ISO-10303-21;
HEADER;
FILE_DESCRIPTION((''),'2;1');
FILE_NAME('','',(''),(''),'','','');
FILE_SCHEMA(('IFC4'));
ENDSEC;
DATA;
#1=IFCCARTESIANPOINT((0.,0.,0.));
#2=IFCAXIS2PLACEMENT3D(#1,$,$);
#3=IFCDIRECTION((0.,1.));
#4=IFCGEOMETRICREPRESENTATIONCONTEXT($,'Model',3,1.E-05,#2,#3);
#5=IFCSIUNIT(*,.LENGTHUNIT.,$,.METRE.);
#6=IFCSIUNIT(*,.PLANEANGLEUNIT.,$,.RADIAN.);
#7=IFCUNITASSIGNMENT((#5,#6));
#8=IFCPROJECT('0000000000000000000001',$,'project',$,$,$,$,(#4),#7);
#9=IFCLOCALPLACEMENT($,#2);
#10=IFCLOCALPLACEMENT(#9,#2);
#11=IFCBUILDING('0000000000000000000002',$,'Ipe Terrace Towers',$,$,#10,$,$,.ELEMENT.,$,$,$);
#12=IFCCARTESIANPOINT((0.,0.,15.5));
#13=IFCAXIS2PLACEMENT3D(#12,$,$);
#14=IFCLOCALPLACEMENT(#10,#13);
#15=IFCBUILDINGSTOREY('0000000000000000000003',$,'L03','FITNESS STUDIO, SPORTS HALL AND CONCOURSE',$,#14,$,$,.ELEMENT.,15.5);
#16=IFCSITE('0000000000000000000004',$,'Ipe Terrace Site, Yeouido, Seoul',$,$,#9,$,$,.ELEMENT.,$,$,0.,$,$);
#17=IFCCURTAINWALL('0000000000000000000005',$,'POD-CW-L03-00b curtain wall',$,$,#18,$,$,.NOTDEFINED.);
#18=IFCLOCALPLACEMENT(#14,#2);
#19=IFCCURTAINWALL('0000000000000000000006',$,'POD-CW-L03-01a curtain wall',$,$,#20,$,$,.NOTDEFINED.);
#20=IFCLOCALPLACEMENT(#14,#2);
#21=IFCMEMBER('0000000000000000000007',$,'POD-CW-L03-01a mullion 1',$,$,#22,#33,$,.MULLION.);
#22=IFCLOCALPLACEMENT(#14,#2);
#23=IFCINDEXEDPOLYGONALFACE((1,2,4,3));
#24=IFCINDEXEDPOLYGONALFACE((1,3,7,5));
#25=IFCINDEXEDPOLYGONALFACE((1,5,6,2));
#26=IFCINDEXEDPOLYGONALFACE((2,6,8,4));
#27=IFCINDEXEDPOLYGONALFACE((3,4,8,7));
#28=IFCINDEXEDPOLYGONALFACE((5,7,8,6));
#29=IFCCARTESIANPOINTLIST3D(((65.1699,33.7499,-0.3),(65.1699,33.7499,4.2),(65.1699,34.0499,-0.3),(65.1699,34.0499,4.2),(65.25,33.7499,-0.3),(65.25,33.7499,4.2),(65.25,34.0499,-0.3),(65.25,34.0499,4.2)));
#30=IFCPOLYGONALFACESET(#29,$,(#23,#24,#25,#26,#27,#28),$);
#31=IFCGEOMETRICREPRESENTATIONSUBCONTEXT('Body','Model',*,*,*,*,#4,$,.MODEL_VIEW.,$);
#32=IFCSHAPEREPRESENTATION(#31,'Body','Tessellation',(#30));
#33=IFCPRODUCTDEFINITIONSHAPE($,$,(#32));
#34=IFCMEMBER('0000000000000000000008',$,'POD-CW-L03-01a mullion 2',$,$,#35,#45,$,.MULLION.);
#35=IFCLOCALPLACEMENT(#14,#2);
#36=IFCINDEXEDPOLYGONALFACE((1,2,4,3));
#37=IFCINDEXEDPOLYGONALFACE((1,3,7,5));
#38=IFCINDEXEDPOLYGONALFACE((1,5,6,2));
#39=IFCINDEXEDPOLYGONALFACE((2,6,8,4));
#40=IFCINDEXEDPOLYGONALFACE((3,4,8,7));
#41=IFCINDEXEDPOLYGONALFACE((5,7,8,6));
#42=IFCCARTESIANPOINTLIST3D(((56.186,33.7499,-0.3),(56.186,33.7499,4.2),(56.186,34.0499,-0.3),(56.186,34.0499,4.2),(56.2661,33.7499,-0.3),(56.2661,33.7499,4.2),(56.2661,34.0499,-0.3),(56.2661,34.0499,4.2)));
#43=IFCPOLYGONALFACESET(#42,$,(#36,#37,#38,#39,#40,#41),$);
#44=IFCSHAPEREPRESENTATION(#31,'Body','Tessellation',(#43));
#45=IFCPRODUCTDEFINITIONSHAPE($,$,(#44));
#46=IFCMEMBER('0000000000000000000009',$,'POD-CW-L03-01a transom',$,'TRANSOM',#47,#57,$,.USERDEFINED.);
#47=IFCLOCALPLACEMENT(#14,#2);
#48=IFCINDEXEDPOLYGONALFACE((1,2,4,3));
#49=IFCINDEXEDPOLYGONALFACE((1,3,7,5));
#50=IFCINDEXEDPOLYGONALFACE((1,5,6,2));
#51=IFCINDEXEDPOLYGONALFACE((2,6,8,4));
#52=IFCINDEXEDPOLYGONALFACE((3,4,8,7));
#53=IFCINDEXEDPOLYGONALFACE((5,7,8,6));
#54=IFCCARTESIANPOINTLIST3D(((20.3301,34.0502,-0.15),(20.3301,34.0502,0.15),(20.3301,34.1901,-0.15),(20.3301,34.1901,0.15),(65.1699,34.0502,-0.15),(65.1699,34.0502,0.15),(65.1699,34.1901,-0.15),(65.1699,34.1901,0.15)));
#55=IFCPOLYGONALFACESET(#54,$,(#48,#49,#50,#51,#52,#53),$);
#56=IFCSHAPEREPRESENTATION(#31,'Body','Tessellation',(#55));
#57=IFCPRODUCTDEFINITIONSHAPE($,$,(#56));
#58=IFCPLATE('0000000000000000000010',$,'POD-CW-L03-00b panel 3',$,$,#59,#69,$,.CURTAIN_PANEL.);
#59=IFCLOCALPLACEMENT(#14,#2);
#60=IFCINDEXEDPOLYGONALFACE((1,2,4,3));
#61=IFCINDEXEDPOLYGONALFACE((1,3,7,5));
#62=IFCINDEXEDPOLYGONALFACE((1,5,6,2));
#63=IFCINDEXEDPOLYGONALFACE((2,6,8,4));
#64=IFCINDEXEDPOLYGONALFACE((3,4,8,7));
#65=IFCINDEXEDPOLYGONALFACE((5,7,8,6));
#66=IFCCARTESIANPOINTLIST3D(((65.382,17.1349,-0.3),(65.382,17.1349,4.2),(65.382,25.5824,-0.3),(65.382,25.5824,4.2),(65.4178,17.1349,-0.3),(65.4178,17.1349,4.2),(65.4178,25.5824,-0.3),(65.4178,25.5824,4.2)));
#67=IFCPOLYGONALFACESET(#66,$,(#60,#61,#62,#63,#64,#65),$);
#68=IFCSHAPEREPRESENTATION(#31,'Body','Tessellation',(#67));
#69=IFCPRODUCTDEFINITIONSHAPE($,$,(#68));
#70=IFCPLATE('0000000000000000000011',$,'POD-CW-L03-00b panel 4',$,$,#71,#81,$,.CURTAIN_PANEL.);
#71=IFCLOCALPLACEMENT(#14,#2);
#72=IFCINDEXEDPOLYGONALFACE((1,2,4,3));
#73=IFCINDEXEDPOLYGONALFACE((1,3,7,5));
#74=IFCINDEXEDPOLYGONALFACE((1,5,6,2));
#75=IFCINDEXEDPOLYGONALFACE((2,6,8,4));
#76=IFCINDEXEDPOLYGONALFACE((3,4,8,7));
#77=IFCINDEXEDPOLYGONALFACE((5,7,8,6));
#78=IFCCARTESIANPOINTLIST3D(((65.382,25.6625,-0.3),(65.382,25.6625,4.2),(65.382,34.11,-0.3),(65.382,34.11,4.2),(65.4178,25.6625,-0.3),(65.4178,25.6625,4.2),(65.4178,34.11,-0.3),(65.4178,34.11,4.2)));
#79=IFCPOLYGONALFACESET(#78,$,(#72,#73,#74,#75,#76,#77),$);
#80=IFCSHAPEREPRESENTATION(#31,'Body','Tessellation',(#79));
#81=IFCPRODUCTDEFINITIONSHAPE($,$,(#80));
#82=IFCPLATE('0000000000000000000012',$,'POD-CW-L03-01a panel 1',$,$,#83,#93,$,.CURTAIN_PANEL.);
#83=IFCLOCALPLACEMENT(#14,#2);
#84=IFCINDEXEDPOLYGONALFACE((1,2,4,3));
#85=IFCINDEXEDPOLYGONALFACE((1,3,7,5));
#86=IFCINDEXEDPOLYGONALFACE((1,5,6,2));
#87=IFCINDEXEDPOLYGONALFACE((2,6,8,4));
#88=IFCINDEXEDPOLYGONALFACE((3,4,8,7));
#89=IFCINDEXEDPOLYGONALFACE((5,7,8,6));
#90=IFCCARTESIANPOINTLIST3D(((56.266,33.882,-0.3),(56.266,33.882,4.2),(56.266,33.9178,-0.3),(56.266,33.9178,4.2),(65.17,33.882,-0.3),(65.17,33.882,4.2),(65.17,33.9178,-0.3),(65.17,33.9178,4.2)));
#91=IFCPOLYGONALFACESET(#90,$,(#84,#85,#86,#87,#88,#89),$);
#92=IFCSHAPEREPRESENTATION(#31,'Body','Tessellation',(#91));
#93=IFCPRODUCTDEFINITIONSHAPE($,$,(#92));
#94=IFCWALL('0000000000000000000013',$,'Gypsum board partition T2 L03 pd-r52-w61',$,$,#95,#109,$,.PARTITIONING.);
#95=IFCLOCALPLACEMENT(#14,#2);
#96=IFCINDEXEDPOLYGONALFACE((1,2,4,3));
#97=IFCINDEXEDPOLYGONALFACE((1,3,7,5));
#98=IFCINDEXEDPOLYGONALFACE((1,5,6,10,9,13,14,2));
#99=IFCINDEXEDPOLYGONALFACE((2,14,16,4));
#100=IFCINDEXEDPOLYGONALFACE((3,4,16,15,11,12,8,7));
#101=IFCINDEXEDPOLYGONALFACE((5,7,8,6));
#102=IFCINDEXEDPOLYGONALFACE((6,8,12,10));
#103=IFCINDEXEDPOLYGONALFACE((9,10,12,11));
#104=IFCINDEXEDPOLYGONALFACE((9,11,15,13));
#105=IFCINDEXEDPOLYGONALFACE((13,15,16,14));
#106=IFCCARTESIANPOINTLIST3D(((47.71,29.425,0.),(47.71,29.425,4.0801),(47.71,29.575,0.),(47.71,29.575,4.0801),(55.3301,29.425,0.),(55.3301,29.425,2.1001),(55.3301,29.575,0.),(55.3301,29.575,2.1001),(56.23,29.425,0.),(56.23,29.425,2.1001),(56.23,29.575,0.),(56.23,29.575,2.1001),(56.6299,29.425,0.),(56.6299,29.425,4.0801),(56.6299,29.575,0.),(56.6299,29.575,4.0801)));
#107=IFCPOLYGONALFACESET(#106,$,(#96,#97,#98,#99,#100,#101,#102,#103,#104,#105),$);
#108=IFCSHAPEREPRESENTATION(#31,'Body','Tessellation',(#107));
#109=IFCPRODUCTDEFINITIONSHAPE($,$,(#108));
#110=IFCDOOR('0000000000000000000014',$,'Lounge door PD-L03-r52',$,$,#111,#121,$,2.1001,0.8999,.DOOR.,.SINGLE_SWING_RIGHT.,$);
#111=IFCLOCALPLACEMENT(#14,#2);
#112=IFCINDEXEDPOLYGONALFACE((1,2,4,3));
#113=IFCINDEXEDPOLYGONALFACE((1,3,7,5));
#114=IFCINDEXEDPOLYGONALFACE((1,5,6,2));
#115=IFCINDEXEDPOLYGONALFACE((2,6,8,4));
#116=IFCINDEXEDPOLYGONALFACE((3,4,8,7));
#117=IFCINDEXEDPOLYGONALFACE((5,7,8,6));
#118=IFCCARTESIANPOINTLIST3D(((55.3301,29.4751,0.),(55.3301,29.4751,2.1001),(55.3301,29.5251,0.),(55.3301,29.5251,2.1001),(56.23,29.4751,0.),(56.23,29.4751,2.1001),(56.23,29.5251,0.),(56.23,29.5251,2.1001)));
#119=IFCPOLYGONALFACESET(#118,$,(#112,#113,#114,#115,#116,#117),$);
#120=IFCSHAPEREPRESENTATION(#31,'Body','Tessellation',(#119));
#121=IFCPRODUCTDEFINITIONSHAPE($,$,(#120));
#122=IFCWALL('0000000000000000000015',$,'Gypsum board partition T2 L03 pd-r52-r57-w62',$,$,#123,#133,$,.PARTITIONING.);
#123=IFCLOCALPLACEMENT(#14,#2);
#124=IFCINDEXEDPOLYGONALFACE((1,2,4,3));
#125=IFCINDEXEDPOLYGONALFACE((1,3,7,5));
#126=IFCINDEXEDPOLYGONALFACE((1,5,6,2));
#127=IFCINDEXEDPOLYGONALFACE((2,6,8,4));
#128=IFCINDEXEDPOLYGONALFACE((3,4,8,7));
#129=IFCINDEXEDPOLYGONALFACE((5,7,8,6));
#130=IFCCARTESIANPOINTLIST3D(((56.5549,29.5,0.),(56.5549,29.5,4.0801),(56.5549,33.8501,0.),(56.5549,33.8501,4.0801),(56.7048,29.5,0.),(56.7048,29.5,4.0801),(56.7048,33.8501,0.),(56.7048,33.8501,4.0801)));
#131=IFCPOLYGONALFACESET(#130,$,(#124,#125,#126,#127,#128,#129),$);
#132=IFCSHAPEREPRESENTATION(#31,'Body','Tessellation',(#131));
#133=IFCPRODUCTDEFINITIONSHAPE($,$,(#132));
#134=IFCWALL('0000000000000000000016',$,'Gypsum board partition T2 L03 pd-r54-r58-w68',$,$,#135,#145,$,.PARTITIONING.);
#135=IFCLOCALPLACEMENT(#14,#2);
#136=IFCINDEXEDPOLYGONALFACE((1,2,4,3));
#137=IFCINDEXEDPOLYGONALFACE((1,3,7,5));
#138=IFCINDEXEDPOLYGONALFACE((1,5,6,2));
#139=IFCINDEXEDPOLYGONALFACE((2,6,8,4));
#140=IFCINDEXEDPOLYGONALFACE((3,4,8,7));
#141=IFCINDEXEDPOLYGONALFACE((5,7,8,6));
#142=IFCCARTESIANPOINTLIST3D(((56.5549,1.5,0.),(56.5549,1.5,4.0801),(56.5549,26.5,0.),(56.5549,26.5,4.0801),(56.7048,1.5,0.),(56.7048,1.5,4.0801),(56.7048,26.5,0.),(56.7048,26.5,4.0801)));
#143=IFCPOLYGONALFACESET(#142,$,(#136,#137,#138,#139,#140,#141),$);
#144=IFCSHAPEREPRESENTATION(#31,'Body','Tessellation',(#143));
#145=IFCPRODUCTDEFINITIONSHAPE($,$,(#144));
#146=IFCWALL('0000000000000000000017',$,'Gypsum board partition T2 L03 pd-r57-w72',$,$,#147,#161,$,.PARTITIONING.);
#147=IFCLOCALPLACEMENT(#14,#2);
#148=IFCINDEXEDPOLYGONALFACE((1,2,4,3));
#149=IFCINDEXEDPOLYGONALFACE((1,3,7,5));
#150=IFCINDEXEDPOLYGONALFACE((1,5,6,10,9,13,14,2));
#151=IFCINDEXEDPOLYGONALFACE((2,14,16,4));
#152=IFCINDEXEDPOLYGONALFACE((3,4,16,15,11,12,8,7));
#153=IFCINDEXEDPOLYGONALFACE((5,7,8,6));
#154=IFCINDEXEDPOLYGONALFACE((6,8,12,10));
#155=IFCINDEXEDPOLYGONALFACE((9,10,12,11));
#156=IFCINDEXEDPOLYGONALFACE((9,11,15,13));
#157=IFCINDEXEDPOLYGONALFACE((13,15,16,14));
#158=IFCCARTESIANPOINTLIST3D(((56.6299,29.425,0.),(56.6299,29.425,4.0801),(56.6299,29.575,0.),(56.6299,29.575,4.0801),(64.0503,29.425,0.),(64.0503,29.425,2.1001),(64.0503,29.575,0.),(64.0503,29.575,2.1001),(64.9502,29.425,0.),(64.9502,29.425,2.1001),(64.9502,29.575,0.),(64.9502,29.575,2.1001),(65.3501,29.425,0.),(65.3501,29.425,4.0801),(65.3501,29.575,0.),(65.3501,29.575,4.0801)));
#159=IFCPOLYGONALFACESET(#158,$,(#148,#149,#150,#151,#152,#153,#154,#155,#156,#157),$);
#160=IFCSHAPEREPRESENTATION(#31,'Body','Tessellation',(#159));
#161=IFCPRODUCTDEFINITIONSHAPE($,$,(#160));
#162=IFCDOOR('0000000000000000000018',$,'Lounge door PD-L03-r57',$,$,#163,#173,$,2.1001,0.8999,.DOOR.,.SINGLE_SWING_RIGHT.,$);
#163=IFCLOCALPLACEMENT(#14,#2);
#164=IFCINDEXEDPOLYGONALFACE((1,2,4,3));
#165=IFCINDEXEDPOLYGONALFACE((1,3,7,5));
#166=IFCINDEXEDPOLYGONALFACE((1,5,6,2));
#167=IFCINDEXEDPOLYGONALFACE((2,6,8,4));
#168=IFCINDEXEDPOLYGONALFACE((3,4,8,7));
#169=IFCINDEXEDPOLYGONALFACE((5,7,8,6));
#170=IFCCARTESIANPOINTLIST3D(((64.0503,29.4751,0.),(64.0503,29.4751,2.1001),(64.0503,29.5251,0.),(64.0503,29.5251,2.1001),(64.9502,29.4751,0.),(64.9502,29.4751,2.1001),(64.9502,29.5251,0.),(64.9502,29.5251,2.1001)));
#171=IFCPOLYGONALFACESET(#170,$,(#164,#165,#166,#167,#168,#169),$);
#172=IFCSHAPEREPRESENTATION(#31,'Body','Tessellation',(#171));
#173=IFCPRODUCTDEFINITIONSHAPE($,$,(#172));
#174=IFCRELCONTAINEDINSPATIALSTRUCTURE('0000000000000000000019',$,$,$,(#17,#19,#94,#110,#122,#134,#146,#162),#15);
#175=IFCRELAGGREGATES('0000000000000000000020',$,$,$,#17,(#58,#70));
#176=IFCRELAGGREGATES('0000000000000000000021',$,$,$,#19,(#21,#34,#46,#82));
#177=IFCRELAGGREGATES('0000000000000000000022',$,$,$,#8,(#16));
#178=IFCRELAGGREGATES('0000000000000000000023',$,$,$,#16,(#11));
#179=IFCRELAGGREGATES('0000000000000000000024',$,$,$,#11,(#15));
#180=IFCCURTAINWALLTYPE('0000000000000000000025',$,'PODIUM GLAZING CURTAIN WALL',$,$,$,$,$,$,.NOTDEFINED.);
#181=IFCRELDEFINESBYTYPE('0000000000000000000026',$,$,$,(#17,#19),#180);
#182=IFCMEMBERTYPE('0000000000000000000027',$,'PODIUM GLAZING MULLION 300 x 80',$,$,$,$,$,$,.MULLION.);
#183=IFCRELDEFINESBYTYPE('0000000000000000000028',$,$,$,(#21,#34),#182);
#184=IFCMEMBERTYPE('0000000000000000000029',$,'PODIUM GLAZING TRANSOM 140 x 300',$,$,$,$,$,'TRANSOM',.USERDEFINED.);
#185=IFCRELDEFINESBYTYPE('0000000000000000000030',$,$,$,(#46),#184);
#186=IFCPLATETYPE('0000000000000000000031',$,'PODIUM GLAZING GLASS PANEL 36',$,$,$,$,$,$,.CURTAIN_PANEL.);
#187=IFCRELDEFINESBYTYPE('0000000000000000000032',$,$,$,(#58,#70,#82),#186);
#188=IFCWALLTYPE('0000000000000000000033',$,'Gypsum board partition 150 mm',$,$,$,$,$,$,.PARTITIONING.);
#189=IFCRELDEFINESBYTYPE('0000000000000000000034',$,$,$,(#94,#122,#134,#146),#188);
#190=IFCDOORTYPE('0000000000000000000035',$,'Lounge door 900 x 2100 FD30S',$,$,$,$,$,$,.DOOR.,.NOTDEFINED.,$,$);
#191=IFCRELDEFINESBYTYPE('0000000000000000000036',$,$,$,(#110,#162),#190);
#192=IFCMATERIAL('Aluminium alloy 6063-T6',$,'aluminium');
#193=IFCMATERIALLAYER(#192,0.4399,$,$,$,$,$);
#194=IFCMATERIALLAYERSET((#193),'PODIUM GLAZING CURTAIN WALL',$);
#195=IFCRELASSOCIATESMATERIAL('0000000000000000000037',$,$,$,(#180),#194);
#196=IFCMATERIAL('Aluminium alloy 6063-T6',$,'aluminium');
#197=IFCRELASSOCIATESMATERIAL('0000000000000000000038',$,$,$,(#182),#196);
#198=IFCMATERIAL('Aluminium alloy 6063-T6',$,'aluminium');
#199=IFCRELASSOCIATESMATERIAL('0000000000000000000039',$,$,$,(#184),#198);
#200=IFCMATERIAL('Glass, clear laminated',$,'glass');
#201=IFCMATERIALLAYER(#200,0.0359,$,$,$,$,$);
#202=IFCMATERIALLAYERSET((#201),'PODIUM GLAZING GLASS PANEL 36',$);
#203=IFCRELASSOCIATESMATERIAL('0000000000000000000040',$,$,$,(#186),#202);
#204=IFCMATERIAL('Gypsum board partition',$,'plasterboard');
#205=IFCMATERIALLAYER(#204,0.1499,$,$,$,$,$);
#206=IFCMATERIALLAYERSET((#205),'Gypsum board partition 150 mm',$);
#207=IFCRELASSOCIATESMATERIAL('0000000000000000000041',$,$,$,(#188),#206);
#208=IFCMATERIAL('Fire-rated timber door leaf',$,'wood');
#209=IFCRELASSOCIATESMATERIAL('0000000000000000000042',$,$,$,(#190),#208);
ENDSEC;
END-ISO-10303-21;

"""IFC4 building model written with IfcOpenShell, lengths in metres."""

from ifc_helpers import new_model, si_unit, direction, frame, frame_2d, origin, origin_2d, place, context, subcontext, project, spatial, rectangle, extrude, material, layer, layer_set, material_profile, profile_set, type_object, element, fill, aggregate, save


model = new_model("IFC4")

# Units and contexts
model_context = context("Model", 3, precision=1e-05, world=origin(), true_north=direction((0.0, 1.0)))
body_context = subcontext(model_context, "Body", "Model", "MODEL_VIEW")
ifc_project = project(units=[si_unit("LENGTHUNIT", "METRE"), si_unit("PLANEANGLEUNIT", "RADIAN")], contexts=[model_context])

# Site, building, storey
site_placement = place(None, origin())
site = spatial("IfcSite", under=ifc_project, at=site_placement, Name="Ipe Terrace Site, Yeouido, Seoul", CompositionType="ELEMENT", RefElevation=0.0)
building_placement = place(site_placement, origin())
building = spatial("IfcBuilding", under=site, at=building_placement, Name="Ipe Terrace Towers", CompositionType="ELEMENT")
storey_placement = place(building_placement, frame((0.0, 0.0, 15.5)))
storey = spatial("IfcBuildingStorey", under=building, at=storey_placement, Name="L03", Description="FITNESS STUDIO, SPORTS HALL AND CONCOURSE", CompositionType="ELEMENT", Elevation=15.5)

# Curtain walls, members
ifc_material_1 = material(Name="Aluminium alloy 6063-T6", Category="aluminium")
ifc_layer_1 = layer(ifc_material_1, 0.4399)
ifc_layer_set_1 = layer_set([ifc_layer_1], Name="PODIUM GLAZING CURTAIN WALL")
curtain_wall_type = type_object("IfcCurtainWallType", Name="PODIUM GLAZING CURTAIN WALL", PredefinedType="NOTDEFINED", material=ifc_layer_set_1)
curtain_wall_1_placement = place(storey_placement, origin())
curtain_wall_1 = element("IfcCurtainWall", 1, at=curtain_wall_1_placement, inside=storey, type_object=curtain_wall_type, Name="POD-CW-L03-00b curtain wall", PredefinedType="NOTDEFINED")
ifc_material_2 = material(Name="Aluminium alloy 6063-T6", Category="aluminium")
ifc_material_profile_1 = material_profile(ifc_material_2, rectangle(XDim=0.3, YDim=0.0801, at=origin_2d()), Name="PODIUM GLAZING MULLION 300 x 80")
ifc_profile_set_1 = profile_set([ifc_material_profile_1], Name="Aluminium alloy 6063-T6")
member_type_1 = type_object("IfcMemberType", Name="PODIUM GLAZING MULLION 300 x 80", PredefinedType="MULLION", material=ifc_profile_set_1)
curtain_wall_2_placement = place(storey_placement, origin())
curtain_wall_2 = element("IfcCurtainWall", 2, at=curtain_wall_2_placement, inside=storey, type_object=curtain_wall_type, Name="POD-CW-L03-01a curtain wall", PredefinedType="NOTDEFINED")
member_1_placement = place(storey_placement, frame((65.21, 33.8999, -0.3), z_axis=(0.0, 0.0, 1.0), x_axis=(0.0, 1.0, 0.0)))
member_1 = element("IfcMember", 3, at=member_1_placement, type_object=member_type_1, Name="POD-CW-L03-01a mullion 1", PredefinedType="MULLION", context=body_context, shape_type="SweptSolid", body=[
    extrude(rectangle(XDim=0.3, YDim=0.0801, at=origin_2d()), origin(), (0.0, 0.0, 1.0), 4.5),
])
member_2_placement = place(storey_placement, frame((56.2261, 33.8999, -0.3), z_axis=(0.0, 0.0, 1.0), x_axis=(0.0, 1.0, 0.0)))
member_2 = element("IfcMember", 4, at=member_2_placement, type_object=member_type_1, Name="POD-CW-L03-01a mullion 2", PredefinedType="MULLION", context=body_context, shape_type="SweptSolid", body=[
    extrude(rectangle(XDim=0.3, YDim=0.0801, at=origin_2d()), origin(), (0.0, 0.0, 1.0), 4.5),
])
ifc_material_3 = material(Name="Aluminium alloy 6063-T6", Category="aluminium")
ifc_material_profile_2 = material_profile(ifc_material_3, rectangle(XDim=0.1399, YDim=0.3, at=origin_2d()), Name="PODIUM GLAZING TRANSOM 140 x 300")
ifc_profile_set_2 = profile_set([ifc_material_profile_2], Name="Aluminium alloy 6063-T6")
member_type_2 = type_object("IfcMemberType", Name="PODIUM GLAZING TRANSOM 140 x 300", ElementType="TRANSOM", PredefinedType="USERDEFINED", material=ifc_profile_set_2)
member_3_placement = place(storey_placement, frame((65.1699, 34.1201, 0.0), z_axis=(-1.0, 0.0, 0.0), x_axis=(0.0, 1.0, 0.0)))
member_3 = element("IfcMember", 5, at=member_3_placement, type_object=member_type_2, Name="POD-CW-L03-01a transom", ObjectType="TRANSOM", PredefinedType="USERDEFINED", context=body_context, shape_type="SweptSolid", body=[
    extrude(rectangle(XDim=0.1399, YDim=0.3, at=origin_2d()), origin(), (0.0, 0.0, 1.0), 44.8398),
])

# Plates
ifc_material_4 = material(Name="Glass, clear laminated", Category="glass")
ifc_layer_2 = layer(ifc_material_4, 0.0359)
ifc_layer_set_2 = layer_set([ifc_layer_2], Name="PODIUM GLAZING GLASS PANEL 36")
plate_type = type_object("IfcPlateType", Name="PODIUM GLAZING GLASS PANEL 36", PredefinedType="CURTAIN_PANEL", material=ifc_layer_set_2)
plate_1_placement = place(storey_placement, frame((65.3999, 21.3586, -0.3), z_axis=(0.0, 0.0, 1.0), x_axis=(0.0, 1.0, 0.0)))
plate_1 = element("IfcPlate", 6, at=plate_1_placement, type_object=plate_type, Name="POD-CW-L03-00b panel 3", PredefinedType="CURTAIN_PANEL", context=body_context, shape_type="SweptSolid", body=[
    extrude(rectangle(XDim=8.4475, YDim=0.0359, at=origin_2d()), origin(), (0.0, 0.0, 1.0), 4.5),
])
plate_2_placement = place(storey_placement, frame((65.3999, 29.8862, -0.3), z_axis=(0.0, 0.0, 1.0), x_axis=(0.0, 1.0, 0.0)))
plate_2 = element("IfcPlate", 7, at=plate_2_placement, type_object=plate_type, Name="POD-CW-L03-00b panel 4", PredefinedType="CURTAIN_PANEL", context=body_context, shape_type="SweptSolid", body=[
    extrude(rectangle(XDim=8.4475, YDim=0.0359, at=origin_2d()), origin(), (0.0, 0.0, 1.0), 4.5),
])
aggregate(curtain_wall_1, [plate_1, plate_2])
plate_3_placement = place(storey_placement, frame((60.718, 33.8999, -0.3), z_axis=(0.0, 0.0, 1.0), x_axis=(-1.0, 0.0, 0.0)))
plate_3 = element("IfcPlate", 8, at=plate_3_placement, type_object=plate_type, Name="POD-CW-L03-01a panel 1", PredefinedType="CURTAIN_PANEL", context=body_context, shape_type="SweptSolid", body=[
    extrude(rectangle(XDim=8.9041, YDim=0.0359, at=origin_2d()), origin(), (0.0, 0.0, 1.0), 4.5),
])
aggregate(curtain_wall_2, [member_1, member_2, member_3, plate_3])

# Wall, opening, door
ifc_material_5 = material(Name="Gypsum board partition", Category="plasterboard")
ifc_layer_3 = layer(ifc_material_5, 0.1499)
ifc_layer_set_3 = layer_set([ifc_layer_3], Name="Gypsum board partition 150 mm")
wall_type = type_object("IfcWallType", Name="Gypsum board partition 150 mm", PredefinedType="PARTITIONING", material=ifc_layer_set_3)
wall_1_placement = place(storey_placement, frame((56.6299, 29.5, 0.0), z_axis=(0.0, 0.0, 1.0), x_axis=(-1.0, 0.0, 0.0)))
wall_1 = element("IfcWall", 9, at=wall_1_placement, inside=storey, type_object=wall_type, Name="Gypsum board partition T2 L03 pd-r52-w61", PredefinedType="PARTITIONING", context=body_context, shape_type="SweptSolid", body=[
    extrude(rectangle(XDim=8.9199, YDim=0.1499, at=frame_2d((4.46, 0.0))), origin(), (0.0, 0.0, 1.0), 4.0801),
])
opening_1_placement = place(wall_1_placement, frame((0.3999, 0.0, 0.0)))
opening_1 = element("IfcOpeningElement", 10, at=opening_1_placement, cuts=wall_1, PredefinedType="OPENING", context=body_context, shape_type="SweptSolid", body=[
    extrude(rectangle(XDim=0.8999, YDim=2.1001, at=frame_2d((0.45, 1.05))), frame((0.0, 0.085, 0.0), z_axis=(0.0, -1.0, 0.0), x_axis=(1.0, 0.0, 0.0)), (0.0, 0.0, 1.0), 0.1699),
])
ifc_material_6 = material(Name="Fire-rated timber door leaf", Category="wood")
door_type_1 = type_object("IfcDoorType", Name="Lounge door 900 x 2100 FD30S", OperationType="NOTDEFINED", PredefinedType="DOOR", material=ifc_material_6)
door_1_placement = place(opening_1_placement, origin())
door_1 = element("IfcDoor", 11, at=door_1_placement, inside=storey, type_object=door_type_1, Name="Lounge door PD-L03-r52", OperationType="SINGLE_SWING_RIGHT", OverallHeight=2.1001, OverallWidth=0.8999, PredefinedType="DOOR", context=body_context, shape_type="SweptSolid", body=[
    extrude(rectangle(XDim=0.8999, YDim=2.1001, at=frame_2d((0.45, 1.05))), frame((0.0, 0.0249, 0.0), z_axis=(0.0, -1.0, 0.0), x_axis=(1.0, 0.0, 0.0)), (0.0, 0.0, 1.0), 0.05),
])
fill(opening_1, door_1)

# Walls
wall_2_placement = place(storey_placement, frame((56.6299, 33.8501, 0.0), z_axis=(0.0, 0.0, 1.0), x_axis=(0.0, -1.0, 0.0)))
element("IfcWall", 12, at=wall_2_placement, inside=storey, type_object=wall_type, Name="Gypsum board partition T2 L03 pd-r52-r57-w62", PredefinedType="PARTITIONING", context=body_context, shape_type="SweptSolid", body=[
    extrude(rectangle(XDim=4.3501, YDim=0.1499, at=frame_2d((2.175, 0.0))), origin(), (0.0, 0.0, 1.0), 4.0801),
])
wall_3_placement = place(storey_placement, frame((56.6299, 26.5, 0.0), z_axis=(0.0, 0.0, 1.0), x_axis=(0.0, -1.0, 0.0)))
element("IfcWall", 13, at=wall_3_placement, inside=storey, type_object=wall_type, Name="Gypsum board partition T2 L03 pd-r54-r58-w68", PredefinedType="PARTITIONING", context=body_context, shape_type="SweptSolid", body=[
    extrude(rectangle(XDim=25.0, YDim=0.1499, at=frame_2d((12.5, 0.0))), origin(), (0.0, 0.0, 1.0), 4.0801),
])

# Wall, opening, door
wall_4_placement = place(storey_placement, frame((65.3501, 29.5, 0.0), z_axis=(0.0, 0.0, 1.0), x_axis=(-1.0, 0.0, 0.0)))
wall_4 = element("IfcWall", 14, at=wall_4_placement, inside=storey, type_object=wall_type, Name="Gypsum board partition T2 L03 pd-r57-w72", PredefinedType="PARTITIONING", context=body_context, shape_type="SweptSolid", body=[
    extrude(rectangle(XDim=8.7202, YDim=0.1499, at=frame_2d((4.3601, 0.0))), origin(), (0.0, 0.0, 1.0), 4.0801),
])
opening_2_placement = place(wall_4_placement, frame((0.3999, 0.0, 0.0)))
opening_2 = element("IfcOpeningElement", 15, at=opening_2_placement, cuts=wall_4, PredefinedType="OPENING", context=body_context, shape_type="SweptSolid", body=[
    extrude(rectangle(XDim=0.8999, YDim=2.1001, at=frame_2d((0.45, 1.05))), frame((0.0, 0.085, 0.0), z_axis=(0.0, -1.0, 0.0), x_axis=(1.0, 0.0, 0.0)), (0.0, 0.0, 1.0), 0.1699),
])
door_2_placement = place(opening_2_placement, origin())
door_2 = element("IfcDoor", 16, at=door_2_placement, inside=storey, type_object=door_type_1, Name="Lounge door PD-L03-r57", OperationType="SINGLE_SWING_RIGHT", OverallHeight=2.1001, OverallWidth=0.8999, PredefinedType="DOOR", context=body_context, shape_type="SweptSolid", body=[
    extrude(rectangle(XDim=0.8999, YDim=2.1001, at=frame_2d((0.45, 1.05))), frame((0.0, 0.0249, 0.0), z_axis=(0.0, -1.0, 0.0), x_axis=(1.0, 0.0, 0.0)), (0.0, 0.0, 1.0), 0.05),
])
fill(opening_2, door_2)

save(model, "model.ifc")
